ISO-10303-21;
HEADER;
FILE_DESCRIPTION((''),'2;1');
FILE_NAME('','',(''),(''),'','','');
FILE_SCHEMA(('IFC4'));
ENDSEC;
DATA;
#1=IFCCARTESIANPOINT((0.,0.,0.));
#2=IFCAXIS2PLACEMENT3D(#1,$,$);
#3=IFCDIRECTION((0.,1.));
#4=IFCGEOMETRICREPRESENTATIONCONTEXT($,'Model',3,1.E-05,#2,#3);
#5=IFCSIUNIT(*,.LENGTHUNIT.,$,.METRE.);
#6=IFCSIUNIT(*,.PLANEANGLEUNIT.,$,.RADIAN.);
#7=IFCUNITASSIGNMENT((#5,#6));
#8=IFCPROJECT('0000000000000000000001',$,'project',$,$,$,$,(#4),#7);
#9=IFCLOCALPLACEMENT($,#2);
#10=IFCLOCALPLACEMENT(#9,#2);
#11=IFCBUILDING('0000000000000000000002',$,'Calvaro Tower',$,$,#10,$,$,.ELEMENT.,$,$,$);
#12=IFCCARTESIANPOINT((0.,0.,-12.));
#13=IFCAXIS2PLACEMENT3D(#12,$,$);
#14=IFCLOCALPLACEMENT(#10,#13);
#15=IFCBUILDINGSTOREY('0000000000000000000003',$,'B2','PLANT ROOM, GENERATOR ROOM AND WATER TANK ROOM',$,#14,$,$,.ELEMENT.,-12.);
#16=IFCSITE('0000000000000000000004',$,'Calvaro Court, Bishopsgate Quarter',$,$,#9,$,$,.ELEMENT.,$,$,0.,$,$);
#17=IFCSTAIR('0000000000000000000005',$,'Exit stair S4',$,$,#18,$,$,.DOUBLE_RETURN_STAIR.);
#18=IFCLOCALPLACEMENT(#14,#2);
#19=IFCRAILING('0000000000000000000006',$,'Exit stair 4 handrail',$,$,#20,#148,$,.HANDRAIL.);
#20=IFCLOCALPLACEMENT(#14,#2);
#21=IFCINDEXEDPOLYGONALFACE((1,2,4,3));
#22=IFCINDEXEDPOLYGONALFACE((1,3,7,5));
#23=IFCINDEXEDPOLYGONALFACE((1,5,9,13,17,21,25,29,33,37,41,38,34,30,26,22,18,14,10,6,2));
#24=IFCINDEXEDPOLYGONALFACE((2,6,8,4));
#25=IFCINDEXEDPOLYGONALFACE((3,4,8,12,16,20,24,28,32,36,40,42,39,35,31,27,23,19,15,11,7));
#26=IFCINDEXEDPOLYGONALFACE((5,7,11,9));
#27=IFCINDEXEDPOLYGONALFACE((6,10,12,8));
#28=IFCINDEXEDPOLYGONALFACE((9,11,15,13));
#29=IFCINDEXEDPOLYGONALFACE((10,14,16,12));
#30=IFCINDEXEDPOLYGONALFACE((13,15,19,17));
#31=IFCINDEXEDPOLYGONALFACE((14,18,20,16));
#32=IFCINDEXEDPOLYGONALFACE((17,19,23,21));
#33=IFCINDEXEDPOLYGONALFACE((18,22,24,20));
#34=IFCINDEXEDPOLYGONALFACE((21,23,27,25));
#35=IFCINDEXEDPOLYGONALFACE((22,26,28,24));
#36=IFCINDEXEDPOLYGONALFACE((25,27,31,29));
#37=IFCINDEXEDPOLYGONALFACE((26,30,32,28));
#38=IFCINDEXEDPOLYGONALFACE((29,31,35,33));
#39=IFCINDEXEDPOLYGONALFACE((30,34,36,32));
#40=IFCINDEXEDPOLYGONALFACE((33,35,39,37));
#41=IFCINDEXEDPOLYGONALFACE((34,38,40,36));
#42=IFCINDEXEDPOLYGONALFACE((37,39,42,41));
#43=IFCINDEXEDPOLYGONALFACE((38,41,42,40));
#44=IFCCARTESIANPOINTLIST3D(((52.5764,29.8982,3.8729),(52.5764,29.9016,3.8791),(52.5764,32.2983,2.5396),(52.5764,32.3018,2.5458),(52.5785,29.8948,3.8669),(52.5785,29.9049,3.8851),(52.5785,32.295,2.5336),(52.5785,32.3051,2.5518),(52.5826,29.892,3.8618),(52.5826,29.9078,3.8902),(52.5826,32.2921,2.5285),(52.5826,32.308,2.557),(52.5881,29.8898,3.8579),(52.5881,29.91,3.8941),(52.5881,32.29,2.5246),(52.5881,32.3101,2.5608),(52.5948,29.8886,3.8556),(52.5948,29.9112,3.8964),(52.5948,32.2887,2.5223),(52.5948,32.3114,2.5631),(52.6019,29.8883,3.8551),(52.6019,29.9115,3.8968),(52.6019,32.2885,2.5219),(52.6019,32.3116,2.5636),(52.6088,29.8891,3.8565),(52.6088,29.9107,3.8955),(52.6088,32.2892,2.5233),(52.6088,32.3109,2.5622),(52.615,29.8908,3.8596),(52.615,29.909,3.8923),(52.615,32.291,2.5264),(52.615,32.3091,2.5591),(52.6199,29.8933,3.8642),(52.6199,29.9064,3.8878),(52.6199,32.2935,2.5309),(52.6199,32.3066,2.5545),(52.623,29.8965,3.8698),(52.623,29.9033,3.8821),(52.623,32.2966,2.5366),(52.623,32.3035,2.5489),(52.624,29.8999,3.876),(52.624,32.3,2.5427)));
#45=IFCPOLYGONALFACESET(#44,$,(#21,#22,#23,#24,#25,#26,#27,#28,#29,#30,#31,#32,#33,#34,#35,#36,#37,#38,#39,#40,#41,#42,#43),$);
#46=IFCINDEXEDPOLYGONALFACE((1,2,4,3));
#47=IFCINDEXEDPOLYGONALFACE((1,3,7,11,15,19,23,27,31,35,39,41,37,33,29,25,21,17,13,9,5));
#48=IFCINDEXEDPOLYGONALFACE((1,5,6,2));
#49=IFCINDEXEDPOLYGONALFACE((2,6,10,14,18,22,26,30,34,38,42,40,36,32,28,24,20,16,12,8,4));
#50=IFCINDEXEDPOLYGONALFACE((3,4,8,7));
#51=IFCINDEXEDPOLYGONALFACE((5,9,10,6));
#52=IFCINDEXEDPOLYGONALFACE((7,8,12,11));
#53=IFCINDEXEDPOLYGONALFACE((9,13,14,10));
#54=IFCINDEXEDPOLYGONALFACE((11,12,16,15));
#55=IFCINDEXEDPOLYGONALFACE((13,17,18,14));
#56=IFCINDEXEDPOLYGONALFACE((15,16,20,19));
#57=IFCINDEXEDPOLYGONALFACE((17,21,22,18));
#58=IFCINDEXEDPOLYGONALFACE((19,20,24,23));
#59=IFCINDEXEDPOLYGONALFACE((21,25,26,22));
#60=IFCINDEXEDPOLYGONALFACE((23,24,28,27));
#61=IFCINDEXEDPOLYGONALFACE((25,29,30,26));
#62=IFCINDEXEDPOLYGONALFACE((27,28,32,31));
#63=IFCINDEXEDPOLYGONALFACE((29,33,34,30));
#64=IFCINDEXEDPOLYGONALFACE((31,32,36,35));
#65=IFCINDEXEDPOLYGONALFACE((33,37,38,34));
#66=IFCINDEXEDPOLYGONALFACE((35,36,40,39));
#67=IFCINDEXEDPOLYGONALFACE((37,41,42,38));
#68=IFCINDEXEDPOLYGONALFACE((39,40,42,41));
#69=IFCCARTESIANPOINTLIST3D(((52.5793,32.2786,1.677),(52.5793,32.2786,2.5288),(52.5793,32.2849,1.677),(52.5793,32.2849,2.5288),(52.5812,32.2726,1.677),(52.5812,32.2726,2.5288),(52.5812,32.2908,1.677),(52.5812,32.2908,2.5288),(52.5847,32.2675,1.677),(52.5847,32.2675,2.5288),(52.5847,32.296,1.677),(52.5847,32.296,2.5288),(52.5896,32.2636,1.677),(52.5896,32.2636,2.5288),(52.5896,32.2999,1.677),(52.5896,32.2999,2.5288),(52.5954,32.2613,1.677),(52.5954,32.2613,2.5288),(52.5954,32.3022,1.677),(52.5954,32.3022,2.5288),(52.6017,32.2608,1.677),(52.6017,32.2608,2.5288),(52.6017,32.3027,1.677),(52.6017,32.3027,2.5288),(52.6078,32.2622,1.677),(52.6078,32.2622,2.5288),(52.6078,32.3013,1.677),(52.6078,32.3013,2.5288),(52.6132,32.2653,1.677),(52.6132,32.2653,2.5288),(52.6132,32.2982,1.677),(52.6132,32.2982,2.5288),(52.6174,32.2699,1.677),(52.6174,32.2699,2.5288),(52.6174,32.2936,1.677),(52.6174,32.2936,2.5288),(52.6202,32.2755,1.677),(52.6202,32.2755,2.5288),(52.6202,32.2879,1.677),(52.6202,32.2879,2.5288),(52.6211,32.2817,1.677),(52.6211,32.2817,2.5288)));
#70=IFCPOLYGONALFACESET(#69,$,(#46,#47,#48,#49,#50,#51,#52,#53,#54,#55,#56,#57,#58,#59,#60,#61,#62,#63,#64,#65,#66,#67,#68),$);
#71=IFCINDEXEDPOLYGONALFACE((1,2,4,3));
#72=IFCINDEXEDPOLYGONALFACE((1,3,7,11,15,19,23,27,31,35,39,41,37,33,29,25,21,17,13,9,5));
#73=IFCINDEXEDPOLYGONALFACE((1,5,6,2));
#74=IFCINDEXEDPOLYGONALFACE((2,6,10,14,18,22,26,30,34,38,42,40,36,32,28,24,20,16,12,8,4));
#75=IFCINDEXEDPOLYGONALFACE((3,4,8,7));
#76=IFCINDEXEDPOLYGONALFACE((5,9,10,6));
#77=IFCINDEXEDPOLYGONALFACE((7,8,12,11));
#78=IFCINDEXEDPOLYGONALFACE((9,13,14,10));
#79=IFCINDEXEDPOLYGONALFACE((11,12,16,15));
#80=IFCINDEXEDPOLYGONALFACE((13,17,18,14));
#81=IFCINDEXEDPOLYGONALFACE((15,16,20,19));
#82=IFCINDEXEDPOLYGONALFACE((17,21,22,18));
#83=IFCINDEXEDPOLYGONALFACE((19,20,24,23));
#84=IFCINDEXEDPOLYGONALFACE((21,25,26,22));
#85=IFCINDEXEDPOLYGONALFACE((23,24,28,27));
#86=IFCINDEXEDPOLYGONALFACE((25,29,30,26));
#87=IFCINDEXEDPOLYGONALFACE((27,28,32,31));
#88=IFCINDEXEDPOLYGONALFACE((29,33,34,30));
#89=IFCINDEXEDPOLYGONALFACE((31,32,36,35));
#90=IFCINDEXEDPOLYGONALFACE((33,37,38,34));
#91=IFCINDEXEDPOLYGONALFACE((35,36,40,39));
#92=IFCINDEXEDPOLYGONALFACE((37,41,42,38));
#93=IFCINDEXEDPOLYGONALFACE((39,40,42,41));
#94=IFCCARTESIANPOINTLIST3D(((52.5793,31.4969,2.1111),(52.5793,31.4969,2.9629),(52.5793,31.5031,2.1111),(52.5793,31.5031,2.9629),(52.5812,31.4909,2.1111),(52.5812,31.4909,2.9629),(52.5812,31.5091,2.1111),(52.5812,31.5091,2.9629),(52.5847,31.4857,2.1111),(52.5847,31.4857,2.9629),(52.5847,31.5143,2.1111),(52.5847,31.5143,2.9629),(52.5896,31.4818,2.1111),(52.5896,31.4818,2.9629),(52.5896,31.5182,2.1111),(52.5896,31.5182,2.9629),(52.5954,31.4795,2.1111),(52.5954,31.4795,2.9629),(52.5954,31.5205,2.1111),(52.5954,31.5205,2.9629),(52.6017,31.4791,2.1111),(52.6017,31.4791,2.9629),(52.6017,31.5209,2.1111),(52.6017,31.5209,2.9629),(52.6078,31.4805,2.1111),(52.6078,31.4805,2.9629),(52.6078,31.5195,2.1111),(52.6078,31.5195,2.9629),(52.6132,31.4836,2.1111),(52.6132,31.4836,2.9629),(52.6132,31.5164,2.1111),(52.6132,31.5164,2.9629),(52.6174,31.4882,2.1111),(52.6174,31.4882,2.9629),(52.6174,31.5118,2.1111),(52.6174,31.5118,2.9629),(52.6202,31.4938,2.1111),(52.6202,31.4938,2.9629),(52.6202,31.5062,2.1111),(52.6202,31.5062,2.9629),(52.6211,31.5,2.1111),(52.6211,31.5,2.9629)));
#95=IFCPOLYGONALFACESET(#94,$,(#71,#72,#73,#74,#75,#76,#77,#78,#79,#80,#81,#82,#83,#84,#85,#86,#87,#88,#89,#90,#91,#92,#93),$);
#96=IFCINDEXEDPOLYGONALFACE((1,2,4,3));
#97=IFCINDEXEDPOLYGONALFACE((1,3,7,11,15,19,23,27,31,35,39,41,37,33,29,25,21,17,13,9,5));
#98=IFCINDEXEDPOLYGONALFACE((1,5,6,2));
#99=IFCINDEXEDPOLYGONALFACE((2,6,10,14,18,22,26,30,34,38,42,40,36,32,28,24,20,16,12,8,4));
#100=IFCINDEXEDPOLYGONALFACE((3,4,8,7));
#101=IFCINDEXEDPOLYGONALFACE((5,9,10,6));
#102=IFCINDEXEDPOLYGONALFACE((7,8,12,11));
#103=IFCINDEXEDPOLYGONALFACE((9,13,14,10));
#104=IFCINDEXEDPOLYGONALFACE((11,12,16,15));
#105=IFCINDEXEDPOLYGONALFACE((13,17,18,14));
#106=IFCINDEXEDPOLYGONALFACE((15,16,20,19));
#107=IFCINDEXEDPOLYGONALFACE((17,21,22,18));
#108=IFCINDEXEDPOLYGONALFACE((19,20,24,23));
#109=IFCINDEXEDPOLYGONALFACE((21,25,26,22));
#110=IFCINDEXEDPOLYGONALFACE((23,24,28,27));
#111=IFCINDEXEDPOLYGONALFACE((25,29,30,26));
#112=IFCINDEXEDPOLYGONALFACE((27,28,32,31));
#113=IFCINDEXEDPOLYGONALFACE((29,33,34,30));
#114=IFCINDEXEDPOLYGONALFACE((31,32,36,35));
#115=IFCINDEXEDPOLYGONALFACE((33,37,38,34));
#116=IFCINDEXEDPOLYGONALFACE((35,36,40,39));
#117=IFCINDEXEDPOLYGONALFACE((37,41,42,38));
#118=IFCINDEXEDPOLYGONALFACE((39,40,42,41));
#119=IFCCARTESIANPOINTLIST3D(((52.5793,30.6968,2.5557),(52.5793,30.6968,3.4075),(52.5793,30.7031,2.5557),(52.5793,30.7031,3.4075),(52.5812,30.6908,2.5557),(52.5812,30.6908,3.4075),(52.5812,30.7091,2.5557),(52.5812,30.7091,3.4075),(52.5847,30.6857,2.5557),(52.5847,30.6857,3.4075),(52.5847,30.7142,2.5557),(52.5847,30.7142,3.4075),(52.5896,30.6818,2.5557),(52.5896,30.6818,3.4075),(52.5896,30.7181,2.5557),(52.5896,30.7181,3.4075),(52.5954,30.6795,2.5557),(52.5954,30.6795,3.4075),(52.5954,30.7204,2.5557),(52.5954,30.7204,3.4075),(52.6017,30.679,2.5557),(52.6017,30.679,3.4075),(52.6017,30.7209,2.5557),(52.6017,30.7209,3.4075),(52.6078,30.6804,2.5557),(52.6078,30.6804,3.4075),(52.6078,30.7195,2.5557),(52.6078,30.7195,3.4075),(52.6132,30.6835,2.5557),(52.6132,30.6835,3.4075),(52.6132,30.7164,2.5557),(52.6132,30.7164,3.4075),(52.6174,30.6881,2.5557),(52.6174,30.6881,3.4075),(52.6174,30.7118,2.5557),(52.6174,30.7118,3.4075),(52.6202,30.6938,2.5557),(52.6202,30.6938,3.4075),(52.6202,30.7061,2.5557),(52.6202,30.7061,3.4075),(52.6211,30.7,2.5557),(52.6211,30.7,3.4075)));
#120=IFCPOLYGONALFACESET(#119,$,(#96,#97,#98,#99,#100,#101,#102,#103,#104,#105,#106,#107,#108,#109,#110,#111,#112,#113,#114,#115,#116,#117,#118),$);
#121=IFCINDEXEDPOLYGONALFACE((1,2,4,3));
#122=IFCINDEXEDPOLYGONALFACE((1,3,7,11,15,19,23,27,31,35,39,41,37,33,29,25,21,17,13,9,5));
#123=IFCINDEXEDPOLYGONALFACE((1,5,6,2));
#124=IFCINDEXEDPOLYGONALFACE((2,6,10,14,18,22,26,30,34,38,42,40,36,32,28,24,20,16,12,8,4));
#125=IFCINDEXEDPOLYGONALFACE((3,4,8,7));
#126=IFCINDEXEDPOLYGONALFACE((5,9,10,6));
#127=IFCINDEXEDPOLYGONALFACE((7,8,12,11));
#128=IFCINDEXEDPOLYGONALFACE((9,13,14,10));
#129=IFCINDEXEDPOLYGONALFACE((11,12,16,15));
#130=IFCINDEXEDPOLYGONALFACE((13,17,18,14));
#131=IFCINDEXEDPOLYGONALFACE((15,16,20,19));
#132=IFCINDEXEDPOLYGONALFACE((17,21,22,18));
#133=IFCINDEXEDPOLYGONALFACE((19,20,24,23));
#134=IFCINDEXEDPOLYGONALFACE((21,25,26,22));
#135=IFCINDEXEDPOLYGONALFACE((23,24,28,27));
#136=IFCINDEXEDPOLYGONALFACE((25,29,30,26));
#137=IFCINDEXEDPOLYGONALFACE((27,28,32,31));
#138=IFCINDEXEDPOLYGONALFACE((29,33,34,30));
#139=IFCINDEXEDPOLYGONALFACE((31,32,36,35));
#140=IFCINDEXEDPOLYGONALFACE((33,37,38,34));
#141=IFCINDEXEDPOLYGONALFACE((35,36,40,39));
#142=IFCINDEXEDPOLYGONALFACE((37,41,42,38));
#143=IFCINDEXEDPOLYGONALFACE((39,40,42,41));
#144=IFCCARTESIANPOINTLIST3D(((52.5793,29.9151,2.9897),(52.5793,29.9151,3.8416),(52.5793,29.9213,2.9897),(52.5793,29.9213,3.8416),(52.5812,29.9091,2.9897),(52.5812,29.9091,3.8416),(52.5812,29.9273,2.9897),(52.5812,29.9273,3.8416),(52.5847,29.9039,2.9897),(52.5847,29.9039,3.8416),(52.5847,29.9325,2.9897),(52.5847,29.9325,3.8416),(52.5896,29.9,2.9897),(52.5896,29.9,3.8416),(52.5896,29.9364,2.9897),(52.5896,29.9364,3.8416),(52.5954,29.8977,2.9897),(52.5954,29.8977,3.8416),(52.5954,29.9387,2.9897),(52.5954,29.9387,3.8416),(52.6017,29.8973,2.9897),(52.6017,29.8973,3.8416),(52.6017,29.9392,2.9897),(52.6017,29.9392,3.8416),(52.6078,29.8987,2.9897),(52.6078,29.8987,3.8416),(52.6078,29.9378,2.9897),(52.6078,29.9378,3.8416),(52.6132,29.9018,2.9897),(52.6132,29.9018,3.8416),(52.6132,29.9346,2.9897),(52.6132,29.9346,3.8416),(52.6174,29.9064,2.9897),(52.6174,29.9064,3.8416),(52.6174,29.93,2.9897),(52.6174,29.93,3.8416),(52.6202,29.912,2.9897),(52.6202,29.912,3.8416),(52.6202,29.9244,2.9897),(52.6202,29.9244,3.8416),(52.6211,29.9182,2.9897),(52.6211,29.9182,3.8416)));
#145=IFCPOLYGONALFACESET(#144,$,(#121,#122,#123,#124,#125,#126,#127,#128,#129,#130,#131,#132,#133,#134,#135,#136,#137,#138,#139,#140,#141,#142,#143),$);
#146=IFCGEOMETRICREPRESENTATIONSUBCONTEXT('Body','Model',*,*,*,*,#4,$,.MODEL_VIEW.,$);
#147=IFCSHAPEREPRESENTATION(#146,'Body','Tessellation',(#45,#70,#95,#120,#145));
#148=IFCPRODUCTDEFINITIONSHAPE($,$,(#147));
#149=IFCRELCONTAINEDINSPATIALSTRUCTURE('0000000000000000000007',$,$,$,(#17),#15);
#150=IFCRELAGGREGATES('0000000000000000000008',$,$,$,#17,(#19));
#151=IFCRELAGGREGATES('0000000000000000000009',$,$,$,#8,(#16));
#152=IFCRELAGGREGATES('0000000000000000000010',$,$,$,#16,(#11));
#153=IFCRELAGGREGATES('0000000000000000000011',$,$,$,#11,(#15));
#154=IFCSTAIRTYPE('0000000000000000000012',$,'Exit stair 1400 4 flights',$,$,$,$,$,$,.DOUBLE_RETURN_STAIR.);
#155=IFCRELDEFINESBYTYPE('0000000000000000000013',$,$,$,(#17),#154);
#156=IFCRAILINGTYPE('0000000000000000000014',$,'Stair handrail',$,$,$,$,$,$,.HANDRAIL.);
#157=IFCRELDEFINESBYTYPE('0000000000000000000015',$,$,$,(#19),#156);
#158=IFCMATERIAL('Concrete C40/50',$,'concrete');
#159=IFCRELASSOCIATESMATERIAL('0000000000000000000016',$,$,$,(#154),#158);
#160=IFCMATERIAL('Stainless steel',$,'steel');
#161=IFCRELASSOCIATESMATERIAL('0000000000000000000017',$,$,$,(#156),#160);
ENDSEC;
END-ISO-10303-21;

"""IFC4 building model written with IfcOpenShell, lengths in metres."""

from ifc_helpers import new_model, si_unit, direction, frame, origin, origin_2d, place, context, subcontext, project, spatial, circle, extrude, material, type_object, element, aggregate, save


model = new_model("IFC4")

# Units and contexts
model_context = context("Model", 3, precision=1e-05, world=origin(), true_north=direction((0.0, 1.0)))
body_context = subcontext(model_context, "Body", "Model", "MODEL_VIEW")
ifc_project = project(units=[si_unit("LENGTHUNIT", "METRE"), si_unit("PLANEANGLEUNIT", "RADIAN")], contexts=[model_context])

# Site, building, storey
site_placement = place(None, origin())
site = spatial("IfcSite", under=ifc_project, at=site_placement, Name="Calvaro Court, Bishopsgate Quarter", CompositionType="ELEMENT", RefElevation=0.0)
building_placement = place(site_placement, origin())
building = spatial("IfcBuilding", under=site, at=building_placement, Name="Calvaro Tower", CompositionType="ELEMENT")
storey_placement = place(building_placement, frame((0.0, 0.0, -12.0)))
storey = spatial("IfcBuildingStorey", under=building, at=storey_placement, Name="B2", Description="PLANT ROOM, GENERATOR ROOM AND WATER TANK ROOM", CompositionType="ELEMENT", Elevation=-12.0)

# Stair, railing
ifc_material_1 = material(Name="Concrete C40/50", Category="concrete")
stair_type = type_object("IfcStairType", Name="Exit stair 1400 4 flights", PredefinedType="DOUBLE_RETURN_STAIR", material=ifc_material_1)
stair_placement = place(storey_placement, origin())
stair = element("IfcStair", 1, at=stair_placement, inside=storey, type_object=stair_type, Name="Exit stair S4", PredefinedType="DOUBLE_RETURN_STAIR")
ifc_material_2 = material(Name="Stainless steel", Category="steel")
railing_type = type_object("IfcRailingType", Name="Stair handrail", PredefinedType="HANDRAIL", material=ifc_material_2)
railing_1_placement = place(storey_placement, frame((52.6001, 32.3, 1.6667)))
railing_1 = element("IfcRailing", 2, at=railing_1_placement, type_object=railing_type, Name="Exit stair 4 handrail", PredefinedType="HANDRAIL", context=body_context, shape_type="SweptSolid", body=[
    extrude(circle(Radius=0.0239, at=origin_2d()), frame((0.0, 0.0, 0.876), z_axis=(0.0, -0.874182, 0.485598), x_axis=(1.0, 0.0, 0.0)), (0.0, 0.0, 1.0), 2.7456),
    extrude(circle(Radius=0.021, at=origin_2d()), frame((0.0, -0.0183, 0.0103)), (0.0, 0.0, 1.0), 0.8518),
    extrude(circle(Radius=0.021, at=origin_2d()), frame((0.0, -0.8, 0.4443)), (0.0, 0.0, 1.0), 0.8518),
    extrude(circle(Radius=0.021, at=origin_2d()), frame((0.0, -1.6001, 0.8889)), (0.0, 0.0, 1.0), 0.8518),
    extrude(circle(Radius=0.021, at=origin_2d()), frame((0.0, -2.3818, 1.323)), (0.0, 0.0, 1.0), 0.8518),
])
aggregate(stair, [railing_1])

save(model, "model.ifc")
